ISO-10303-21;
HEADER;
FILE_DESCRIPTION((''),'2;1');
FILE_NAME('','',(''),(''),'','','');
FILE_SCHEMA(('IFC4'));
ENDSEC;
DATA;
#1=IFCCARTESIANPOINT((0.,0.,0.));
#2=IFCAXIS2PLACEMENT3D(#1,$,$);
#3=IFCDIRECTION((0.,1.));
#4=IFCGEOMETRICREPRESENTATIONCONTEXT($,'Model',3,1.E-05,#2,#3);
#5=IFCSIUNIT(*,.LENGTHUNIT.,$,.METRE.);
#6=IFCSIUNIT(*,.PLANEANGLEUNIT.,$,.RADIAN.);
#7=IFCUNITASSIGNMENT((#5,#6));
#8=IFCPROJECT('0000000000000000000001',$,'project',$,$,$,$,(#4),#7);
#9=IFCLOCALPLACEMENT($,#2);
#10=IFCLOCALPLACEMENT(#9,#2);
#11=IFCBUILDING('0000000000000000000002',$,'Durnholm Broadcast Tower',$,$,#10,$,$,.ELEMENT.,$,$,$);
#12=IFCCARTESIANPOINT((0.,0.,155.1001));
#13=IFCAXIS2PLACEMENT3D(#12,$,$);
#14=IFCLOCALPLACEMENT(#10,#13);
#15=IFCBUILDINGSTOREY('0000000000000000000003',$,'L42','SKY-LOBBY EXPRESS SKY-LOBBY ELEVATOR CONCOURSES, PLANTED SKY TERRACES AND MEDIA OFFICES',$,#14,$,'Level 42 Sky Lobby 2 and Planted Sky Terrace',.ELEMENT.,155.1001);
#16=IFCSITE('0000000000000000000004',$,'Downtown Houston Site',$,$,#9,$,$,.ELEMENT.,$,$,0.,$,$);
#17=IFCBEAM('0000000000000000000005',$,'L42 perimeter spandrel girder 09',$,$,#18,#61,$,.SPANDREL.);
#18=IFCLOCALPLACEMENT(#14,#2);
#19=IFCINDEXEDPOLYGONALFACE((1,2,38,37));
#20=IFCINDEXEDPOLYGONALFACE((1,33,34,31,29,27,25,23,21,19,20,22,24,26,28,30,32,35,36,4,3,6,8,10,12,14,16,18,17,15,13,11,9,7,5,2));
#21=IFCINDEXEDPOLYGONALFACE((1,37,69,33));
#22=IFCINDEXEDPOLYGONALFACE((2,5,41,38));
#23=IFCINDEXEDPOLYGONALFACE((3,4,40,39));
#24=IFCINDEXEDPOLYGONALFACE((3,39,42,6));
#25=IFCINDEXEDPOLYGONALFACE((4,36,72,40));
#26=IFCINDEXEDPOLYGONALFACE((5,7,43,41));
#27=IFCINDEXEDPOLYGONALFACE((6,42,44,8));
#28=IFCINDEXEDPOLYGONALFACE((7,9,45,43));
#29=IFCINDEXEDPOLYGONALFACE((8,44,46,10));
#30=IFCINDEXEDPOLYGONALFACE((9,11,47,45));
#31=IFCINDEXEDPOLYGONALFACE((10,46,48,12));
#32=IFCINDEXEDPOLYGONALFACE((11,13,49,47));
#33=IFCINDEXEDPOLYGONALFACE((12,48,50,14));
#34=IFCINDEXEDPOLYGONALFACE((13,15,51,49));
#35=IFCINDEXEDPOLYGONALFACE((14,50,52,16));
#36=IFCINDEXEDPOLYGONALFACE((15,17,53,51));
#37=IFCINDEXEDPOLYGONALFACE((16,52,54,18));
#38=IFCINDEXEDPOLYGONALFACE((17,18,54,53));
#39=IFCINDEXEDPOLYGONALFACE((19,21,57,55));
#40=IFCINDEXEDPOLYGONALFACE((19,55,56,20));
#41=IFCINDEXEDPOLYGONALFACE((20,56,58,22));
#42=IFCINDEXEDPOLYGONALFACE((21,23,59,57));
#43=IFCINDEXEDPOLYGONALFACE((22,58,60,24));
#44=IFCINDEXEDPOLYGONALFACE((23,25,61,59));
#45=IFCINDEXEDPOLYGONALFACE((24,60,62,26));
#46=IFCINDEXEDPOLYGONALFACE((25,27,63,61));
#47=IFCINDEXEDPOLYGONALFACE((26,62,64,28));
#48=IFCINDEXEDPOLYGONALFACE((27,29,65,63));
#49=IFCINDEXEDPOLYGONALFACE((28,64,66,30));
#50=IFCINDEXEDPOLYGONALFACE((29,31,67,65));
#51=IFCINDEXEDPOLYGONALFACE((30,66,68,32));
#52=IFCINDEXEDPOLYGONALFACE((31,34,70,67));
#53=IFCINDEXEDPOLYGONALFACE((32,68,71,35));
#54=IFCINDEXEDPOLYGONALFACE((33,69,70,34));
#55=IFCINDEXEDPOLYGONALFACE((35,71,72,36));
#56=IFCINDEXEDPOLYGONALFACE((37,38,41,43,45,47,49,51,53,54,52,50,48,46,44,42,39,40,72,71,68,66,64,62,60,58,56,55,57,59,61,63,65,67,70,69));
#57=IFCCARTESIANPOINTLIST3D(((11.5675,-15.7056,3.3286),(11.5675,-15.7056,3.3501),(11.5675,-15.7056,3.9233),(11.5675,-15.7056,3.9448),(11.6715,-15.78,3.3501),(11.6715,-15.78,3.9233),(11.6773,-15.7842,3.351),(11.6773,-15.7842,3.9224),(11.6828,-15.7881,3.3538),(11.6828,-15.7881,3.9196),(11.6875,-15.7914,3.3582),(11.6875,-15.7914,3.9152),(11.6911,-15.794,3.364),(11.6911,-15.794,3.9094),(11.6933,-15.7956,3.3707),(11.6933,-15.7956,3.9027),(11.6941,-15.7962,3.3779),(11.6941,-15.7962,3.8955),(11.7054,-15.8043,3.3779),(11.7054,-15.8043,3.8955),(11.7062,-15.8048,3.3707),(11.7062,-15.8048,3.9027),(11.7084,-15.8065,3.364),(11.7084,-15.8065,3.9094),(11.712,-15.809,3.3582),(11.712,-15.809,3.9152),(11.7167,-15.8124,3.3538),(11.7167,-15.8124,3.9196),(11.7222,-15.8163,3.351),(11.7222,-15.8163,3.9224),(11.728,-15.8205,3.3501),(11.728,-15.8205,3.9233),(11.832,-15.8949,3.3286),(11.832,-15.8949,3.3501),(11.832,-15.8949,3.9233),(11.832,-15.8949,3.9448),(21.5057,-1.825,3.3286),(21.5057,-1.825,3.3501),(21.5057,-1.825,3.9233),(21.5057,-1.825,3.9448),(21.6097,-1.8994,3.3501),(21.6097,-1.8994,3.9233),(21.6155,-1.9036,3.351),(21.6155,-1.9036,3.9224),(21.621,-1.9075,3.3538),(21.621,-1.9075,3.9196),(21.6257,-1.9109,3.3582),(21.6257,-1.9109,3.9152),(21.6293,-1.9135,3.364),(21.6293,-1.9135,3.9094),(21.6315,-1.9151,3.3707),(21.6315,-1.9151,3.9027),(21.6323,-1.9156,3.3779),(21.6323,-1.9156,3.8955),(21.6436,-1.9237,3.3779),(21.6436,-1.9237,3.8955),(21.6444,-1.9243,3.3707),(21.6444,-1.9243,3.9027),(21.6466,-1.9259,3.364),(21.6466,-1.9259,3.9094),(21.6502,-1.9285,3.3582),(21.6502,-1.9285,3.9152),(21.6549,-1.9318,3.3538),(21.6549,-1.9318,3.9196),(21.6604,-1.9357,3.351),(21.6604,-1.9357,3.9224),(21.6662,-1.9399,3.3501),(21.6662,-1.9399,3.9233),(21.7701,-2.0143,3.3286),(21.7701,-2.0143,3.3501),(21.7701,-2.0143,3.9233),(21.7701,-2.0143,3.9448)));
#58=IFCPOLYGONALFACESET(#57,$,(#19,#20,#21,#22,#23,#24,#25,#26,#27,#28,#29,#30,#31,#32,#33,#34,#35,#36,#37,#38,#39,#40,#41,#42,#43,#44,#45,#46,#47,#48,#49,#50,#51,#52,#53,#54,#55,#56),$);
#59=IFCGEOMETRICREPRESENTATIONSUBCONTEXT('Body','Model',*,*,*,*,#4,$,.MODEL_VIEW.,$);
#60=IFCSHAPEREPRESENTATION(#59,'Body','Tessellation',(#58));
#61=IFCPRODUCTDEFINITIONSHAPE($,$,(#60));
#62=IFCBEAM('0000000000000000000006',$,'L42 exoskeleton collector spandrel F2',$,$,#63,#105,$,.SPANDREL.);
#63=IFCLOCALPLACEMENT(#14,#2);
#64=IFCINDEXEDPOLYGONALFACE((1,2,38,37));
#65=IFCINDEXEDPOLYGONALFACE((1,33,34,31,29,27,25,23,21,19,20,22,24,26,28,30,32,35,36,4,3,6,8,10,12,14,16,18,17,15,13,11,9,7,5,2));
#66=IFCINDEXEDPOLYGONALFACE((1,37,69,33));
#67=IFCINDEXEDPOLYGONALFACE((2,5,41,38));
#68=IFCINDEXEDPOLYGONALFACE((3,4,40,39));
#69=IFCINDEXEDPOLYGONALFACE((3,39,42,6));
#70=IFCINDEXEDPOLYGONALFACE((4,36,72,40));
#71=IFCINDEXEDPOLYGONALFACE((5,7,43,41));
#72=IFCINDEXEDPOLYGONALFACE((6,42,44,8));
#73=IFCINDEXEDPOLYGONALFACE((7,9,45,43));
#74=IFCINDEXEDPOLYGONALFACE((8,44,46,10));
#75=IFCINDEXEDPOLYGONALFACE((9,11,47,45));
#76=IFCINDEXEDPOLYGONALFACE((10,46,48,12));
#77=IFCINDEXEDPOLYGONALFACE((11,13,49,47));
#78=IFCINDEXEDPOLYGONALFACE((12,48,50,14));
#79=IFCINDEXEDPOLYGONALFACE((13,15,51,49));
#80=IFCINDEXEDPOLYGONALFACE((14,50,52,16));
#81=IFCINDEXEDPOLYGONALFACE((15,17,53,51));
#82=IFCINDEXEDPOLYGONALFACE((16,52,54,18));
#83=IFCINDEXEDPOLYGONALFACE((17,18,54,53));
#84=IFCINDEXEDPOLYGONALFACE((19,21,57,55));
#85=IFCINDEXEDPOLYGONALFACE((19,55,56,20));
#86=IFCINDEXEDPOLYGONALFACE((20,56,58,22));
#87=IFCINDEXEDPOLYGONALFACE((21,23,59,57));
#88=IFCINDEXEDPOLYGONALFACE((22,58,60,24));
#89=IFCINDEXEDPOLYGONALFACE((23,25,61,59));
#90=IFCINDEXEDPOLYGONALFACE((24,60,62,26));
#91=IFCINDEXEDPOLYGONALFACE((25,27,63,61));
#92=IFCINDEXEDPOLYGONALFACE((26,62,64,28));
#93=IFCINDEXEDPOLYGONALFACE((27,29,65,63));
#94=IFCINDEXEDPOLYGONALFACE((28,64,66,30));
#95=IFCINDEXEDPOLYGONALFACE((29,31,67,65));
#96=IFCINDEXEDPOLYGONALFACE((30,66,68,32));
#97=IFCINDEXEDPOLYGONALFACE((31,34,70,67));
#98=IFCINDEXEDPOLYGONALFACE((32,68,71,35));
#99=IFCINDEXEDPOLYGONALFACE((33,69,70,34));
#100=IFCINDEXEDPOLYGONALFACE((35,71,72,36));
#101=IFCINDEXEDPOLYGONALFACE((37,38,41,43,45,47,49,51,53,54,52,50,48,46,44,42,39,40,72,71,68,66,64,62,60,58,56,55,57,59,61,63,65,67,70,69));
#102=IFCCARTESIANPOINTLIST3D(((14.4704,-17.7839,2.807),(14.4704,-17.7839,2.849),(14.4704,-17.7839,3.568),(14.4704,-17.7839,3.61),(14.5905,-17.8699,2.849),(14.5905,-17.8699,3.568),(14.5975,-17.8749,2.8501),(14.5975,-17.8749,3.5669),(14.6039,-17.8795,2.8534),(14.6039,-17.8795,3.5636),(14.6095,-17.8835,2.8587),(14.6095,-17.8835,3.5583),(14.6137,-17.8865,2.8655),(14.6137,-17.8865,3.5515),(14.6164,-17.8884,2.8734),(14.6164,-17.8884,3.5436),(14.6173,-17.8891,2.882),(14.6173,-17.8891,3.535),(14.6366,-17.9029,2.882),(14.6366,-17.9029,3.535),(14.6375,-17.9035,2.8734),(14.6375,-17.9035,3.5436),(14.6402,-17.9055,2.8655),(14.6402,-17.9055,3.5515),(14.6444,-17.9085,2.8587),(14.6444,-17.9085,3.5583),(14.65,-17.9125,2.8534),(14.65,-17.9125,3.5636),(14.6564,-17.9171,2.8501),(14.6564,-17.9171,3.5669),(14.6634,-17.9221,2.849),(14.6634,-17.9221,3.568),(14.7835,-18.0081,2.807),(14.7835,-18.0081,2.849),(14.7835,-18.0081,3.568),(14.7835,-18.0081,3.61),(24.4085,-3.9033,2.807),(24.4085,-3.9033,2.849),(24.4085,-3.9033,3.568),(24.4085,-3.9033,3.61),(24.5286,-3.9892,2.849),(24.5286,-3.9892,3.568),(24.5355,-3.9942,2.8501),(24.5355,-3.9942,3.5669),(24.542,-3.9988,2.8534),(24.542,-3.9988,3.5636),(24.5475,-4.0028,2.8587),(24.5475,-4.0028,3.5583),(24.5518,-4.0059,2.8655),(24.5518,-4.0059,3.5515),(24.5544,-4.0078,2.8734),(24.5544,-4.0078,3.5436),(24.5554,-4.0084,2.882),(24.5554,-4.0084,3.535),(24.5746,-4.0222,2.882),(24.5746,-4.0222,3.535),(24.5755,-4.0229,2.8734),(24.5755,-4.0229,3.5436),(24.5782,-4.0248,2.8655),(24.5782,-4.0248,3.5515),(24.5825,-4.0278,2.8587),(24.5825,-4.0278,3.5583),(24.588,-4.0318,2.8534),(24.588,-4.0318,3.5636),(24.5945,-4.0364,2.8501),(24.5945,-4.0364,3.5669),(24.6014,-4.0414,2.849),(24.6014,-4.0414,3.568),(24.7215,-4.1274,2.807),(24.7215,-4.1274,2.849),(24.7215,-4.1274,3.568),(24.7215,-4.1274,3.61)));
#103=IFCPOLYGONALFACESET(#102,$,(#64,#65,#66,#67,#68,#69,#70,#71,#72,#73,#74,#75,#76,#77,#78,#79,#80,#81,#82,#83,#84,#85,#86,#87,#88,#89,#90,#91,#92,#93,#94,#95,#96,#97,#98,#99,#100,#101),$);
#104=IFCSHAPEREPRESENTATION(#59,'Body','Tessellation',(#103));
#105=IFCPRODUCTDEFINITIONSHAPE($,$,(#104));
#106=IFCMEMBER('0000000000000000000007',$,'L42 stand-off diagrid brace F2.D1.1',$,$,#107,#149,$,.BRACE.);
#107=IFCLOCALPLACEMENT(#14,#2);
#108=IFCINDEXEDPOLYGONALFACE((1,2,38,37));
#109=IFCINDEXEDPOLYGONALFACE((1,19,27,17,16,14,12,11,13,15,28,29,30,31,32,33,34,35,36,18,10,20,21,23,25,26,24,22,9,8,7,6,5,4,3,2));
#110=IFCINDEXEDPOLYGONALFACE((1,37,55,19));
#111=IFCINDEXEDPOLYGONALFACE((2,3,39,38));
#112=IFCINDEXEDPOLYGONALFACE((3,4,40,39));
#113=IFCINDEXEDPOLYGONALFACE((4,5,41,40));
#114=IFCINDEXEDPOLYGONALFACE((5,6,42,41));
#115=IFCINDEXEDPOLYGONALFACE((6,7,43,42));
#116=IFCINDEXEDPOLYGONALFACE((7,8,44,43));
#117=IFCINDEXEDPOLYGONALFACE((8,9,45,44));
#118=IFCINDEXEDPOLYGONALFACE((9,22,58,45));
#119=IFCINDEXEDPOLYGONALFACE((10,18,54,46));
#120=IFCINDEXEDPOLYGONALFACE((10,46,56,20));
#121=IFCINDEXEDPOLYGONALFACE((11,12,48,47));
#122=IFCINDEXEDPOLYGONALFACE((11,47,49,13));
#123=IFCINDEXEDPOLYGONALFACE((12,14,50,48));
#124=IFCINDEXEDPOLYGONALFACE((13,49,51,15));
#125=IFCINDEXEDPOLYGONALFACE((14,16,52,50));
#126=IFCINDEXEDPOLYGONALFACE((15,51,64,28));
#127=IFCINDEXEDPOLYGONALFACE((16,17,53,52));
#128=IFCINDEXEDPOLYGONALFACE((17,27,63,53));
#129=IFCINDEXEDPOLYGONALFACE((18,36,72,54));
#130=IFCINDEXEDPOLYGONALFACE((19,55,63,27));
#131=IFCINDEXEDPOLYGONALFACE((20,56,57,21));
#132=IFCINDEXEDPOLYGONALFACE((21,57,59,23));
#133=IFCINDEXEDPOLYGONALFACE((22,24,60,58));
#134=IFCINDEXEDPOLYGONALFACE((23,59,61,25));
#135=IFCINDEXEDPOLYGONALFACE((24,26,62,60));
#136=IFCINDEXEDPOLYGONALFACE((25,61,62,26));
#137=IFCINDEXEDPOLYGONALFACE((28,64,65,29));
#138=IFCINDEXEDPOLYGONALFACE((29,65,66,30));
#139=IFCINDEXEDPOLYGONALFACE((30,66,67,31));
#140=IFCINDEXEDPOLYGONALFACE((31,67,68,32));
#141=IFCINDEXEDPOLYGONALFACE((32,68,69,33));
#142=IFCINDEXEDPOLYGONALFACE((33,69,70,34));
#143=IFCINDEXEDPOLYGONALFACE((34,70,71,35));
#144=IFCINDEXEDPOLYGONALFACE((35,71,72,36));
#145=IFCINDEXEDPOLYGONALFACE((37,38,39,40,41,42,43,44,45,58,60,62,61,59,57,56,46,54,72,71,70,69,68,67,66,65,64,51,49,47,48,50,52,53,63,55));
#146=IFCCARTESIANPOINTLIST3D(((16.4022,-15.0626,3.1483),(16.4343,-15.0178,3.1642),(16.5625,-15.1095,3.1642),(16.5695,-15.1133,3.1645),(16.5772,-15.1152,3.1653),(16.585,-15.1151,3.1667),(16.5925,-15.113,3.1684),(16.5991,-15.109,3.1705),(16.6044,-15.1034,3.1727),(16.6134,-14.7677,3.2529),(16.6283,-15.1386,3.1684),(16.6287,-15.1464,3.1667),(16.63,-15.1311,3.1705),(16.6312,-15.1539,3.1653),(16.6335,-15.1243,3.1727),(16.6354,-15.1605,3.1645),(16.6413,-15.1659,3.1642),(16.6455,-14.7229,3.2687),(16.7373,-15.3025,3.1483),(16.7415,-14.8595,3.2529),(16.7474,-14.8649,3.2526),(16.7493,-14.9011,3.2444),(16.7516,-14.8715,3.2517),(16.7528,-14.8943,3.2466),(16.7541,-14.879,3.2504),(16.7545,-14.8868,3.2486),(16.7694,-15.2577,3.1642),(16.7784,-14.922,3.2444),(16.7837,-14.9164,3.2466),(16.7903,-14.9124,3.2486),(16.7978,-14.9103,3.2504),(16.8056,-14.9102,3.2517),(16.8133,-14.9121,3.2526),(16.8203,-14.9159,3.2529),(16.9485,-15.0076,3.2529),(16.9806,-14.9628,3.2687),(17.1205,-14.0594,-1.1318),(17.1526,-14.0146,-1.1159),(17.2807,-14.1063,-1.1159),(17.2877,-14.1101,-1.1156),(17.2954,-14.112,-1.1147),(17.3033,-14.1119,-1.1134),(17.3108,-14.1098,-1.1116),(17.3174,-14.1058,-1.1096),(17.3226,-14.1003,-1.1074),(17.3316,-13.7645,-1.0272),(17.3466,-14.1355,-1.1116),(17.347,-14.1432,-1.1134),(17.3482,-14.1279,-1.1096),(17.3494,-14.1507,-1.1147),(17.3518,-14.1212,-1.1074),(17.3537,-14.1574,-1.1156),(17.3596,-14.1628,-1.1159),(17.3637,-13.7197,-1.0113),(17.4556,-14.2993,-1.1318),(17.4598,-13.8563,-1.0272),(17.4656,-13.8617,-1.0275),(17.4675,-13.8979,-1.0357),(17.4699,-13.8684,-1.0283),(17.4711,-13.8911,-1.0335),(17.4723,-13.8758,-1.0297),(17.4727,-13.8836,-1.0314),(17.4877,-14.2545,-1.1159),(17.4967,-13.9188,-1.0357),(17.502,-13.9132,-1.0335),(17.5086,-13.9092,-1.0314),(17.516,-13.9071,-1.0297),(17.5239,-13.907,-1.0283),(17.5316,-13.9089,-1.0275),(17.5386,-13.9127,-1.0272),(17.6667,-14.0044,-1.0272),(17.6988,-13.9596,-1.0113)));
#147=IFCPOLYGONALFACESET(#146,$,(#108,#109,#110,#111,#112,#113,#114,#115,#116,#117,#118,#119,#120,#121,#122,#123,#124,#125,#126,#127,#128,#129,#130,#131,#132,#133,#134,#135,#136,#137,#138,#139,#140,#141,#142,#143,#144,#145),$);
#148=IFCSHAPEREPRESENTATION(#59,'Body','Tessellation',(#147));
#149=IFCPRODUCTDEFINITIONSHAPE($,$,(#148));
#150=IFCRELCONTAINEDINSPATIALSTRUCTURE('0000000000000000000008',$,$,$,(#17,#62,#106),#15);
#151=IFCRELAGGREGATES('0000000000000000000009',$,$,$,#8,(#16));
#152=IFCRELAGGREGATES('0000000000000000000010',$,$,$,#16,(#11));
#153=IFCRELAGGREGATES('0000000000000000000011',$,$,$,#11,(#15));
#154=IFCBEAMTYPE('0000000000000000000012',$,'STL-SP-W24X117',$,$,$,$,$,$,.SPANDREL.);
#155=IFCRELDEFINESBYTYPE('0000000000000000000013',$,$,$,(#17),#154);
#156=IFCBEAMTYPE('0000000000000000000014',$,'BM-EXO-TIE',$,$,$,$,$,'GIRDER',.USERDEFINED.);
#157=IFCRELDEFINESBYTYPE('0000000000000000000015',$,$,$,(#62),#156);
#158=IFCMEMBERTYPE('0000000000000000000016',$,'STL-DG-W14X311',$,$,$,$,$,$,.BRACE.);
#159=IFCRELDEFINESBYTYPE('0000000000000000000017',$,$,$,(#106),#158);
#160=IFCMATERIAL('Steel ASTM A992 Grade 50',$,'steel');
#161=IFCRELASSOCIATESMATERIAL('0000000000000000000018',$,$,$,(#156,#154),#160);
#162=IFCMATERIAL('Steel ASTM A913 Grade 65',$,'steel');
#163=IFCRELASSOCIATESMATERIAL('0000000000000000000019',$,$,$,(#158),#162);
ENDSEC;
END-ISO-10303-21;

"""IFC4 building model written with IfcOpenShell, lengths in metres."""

from ifc_helpers import new_model, si_unit, direction, frame, origin, origin_2d, place, context, subcontext, project, spatial, i_section, extrude, source, transform, mapped, material, material_profile, profile_set, type_object, type_shapes, element, save


model = new_model("IFC4")

# Units and contexts
model_context = context("Model", 3, precision=1e-05, world=origin(), true_north=direction((0.0, 1.0)))
body_context = subcontext(model_context, "Body", "Model", "MODEL_VIEW")
ifc_project = project(units=[si_unit("LENGTHUNIT", "METRE"), si_unit("PLANEANGLEUNIT", "RADIAN")], contexts=[model_context])

# Site, building, storey
site_placement = place(None, origin())
site = spatial("IfcSite", under=ifc_project, at=site_placement, Name="Downtown Houston Site", CompositionType="ELEMENT", RefElevation=0.0)
building_placement = place(site_placement, origin())
building = spatial("IfcBuilding", under=site, at=building_placement, Name="Durnholm Broadcast Tower", CompositionType="ELEMENT")
storey_placement = place(building_placement, frame((0.0, 0.0, 155.1001)))
storey = spatial("IfcBuildingStorey", under=building, at=storey_placement, Name="L42", Description="SKY-LOBBY EXPRESS SKY-LOBBY ELEVATOR CONCOURSES, PLANTED SKY TERRACES AND MEDIA OFFICES", LongName="Level 42 Sky Lobby 2 and Planted Sky Terrace", CompositionType="ELEMENT", Elevation=155.1001)

# Beams
ifc_material_1 = material(Name="Steel ASTM A992 Grade 50", Category="steel")
ifc_material_profile_1 = material_profile(ifc_material_1, i_section(OverallWidth=0.385, OverallDepth=0.803, WebThickness=0.0237, FlangeThickness=0.042, FilletRadius=0.033, at=origin_2d()), Name="W30X261")
ifc_profile_set_1 = profile_set([ifc_material_profile_1], Name="Steel ASTM A992 Grade 50")
beam_type_1 = type_object("IfcBeamType", Name="BM-EXO-TIE", ElementType="GIRDER", PredefinedType="USERDEFINED", material=ifc_profile_set_1)
ifc_material_profile_2 = material_profile(ifc_material_1, i_section(OverallWidth=0.3252, OverallDepth=0.6162, WebThickness=0.0139, FlangeThickness=0.0215, FilletRadius=0.0278, at=origin_2d()), Name="W24X117")
ifc_profile_set_2 = profile_set([ifc_material_profile_2], Name="Steel ASTM A992 Grade 50")
beam_type_2 = type_object("IfcBeamType", Name="STL-SP-W24X117", PredefinedType="SPANDREL", material=ifc_profile_set_2)
shared_shape_1 = source(origin(), body_context, "Body", "SweptSolid", [
    extrude(i_section(OverallWidth=0.3252, OverallDepth=0.6162, WebThickness=0.0139, FlangeThickness=0.0215, FilletRadius=0.0278, at=origin_2d()), origin(), (0.0, 0.0, 1.0), 17.0715),
])
beam_1_placement = place(storey_placement, frame((21.6379, -1.9197, 3.6367), z_axis=(-0.58215, -0.813082, 0.0), x_axis=(0.813082, -0.58215, 0.0)))
element("IfcBeam", 1, at=beam_1_placement, inside=storey, type_object=beam_type_2, Name="L42 perimeter spandrel girder 09", PredefinedType="SPANDREL", context=body_context, shape_type="MappedRepresentation", body=[
    mapped(shared_shape_1, transform((0.0, 0.0, 0.0), x_axis=(1.0, 0.0, 0.0), y_axis=(0.0, 1.0, 0.0), z_axis=(0.0, 0.0, 1.0), scale=1.0)),
])
shared_shape_2 = source(origin(), body_context, "Body", "SweptSolid", [
    extrude(i_section(OverallWidth=0.385, OverallDepth=0.803, WebThickness=0.0237, FlangeThickness=0.042, FilletRadius=0.033, at=origin_2d()), origin(), (0.0, 0.0, 1.0), 17.0715),
])
beam_2_placement = place(storey_placement, frame((14.627, -17.896, 3.2085), z_axis=(0.58214, 0.813088, 0.0), x_axis=(-0.813088, 0.58214, 0.0)))
element("IfcBeam", 2, at=beam_2_placement, inside=storey, type_object=beam_type_1, Name="L42 exoskeleton collector spandrel F2", PredefinedType="SPANDREL", context=body_context, shape_type="MappedRepresentation", body=[
    mapped(shared_shape_2, transform((0.0, 0.0, 0.0), x_axis=(1.0, 0.0, 0.0), y_axis=(0.0, 1.0, 0.0), z_axis=(0.0, 0.0, 1.0), scale=1.0)),
])

# Member
ifc_material_2 = material(Name="Steel ASTM A913 Grade 65", Category="steel")
ifc_material_profile_3 = material_profile(ifc_material_2, i_section(OverallWidth=0.4121, OverallDepth=0.4348, WebThickness=0.0359, FlangeThickness=0.0574, FilletRadius=0.0305, at=origin_2d()), Name="W14X311")
ifc_profile_set_3 = profile_set([ifc_material_profile_3], Name="Steel ASTM A913 Grade 65")
member_type_1 = type_object("IfcMemberType", Name="STL-DG-W14X311", PredefinedType="BRACE", material=ifc_profile_set_3)
shared_shape_3 = source(origin(), body_context, "Body", "SweptSolid", [
    extrude(i_section(OverallWidth=0.4121, OverallDepth=0.4348, WebThickness=0.0359, FlangeThickness=0.0574, FilletRadius=0.0305, at=origin_2d()), origin(), (0.0, 0.0, 1.0), 4.4543),
])
type_shapes(member_type_1, [shared_shape_3])
for number, where, z_axis, x_axis, name in (
    (3, (17.4097, -14.0095, -1.0715), (-0.161251, -0.225214, 0.960873), (0.813078, -0.582155, 0.0), "L42 stand-off diagrid brace F2.D1.1"),
):
    element("IfcMember", number, at=place(storey_placement, frame(where, z_axis=z_axis, x_axis=x_axis)), inside=storey, type_object=member_type_1, Name=name, PredefinedType="BRACE", context=body_context, shape_type="MappedRepresentation", body=[
        mapped(shared_shape_3, transform((0.0, 0.0, 0.0), x_axis=(1.0, 0.0, 0.0), y_axis=(0.0, 1.0, 0.0), z_axis=(0.0, 0.0, 1.0), scale=1.0)),
    ])

save(model, "model.ifc")
